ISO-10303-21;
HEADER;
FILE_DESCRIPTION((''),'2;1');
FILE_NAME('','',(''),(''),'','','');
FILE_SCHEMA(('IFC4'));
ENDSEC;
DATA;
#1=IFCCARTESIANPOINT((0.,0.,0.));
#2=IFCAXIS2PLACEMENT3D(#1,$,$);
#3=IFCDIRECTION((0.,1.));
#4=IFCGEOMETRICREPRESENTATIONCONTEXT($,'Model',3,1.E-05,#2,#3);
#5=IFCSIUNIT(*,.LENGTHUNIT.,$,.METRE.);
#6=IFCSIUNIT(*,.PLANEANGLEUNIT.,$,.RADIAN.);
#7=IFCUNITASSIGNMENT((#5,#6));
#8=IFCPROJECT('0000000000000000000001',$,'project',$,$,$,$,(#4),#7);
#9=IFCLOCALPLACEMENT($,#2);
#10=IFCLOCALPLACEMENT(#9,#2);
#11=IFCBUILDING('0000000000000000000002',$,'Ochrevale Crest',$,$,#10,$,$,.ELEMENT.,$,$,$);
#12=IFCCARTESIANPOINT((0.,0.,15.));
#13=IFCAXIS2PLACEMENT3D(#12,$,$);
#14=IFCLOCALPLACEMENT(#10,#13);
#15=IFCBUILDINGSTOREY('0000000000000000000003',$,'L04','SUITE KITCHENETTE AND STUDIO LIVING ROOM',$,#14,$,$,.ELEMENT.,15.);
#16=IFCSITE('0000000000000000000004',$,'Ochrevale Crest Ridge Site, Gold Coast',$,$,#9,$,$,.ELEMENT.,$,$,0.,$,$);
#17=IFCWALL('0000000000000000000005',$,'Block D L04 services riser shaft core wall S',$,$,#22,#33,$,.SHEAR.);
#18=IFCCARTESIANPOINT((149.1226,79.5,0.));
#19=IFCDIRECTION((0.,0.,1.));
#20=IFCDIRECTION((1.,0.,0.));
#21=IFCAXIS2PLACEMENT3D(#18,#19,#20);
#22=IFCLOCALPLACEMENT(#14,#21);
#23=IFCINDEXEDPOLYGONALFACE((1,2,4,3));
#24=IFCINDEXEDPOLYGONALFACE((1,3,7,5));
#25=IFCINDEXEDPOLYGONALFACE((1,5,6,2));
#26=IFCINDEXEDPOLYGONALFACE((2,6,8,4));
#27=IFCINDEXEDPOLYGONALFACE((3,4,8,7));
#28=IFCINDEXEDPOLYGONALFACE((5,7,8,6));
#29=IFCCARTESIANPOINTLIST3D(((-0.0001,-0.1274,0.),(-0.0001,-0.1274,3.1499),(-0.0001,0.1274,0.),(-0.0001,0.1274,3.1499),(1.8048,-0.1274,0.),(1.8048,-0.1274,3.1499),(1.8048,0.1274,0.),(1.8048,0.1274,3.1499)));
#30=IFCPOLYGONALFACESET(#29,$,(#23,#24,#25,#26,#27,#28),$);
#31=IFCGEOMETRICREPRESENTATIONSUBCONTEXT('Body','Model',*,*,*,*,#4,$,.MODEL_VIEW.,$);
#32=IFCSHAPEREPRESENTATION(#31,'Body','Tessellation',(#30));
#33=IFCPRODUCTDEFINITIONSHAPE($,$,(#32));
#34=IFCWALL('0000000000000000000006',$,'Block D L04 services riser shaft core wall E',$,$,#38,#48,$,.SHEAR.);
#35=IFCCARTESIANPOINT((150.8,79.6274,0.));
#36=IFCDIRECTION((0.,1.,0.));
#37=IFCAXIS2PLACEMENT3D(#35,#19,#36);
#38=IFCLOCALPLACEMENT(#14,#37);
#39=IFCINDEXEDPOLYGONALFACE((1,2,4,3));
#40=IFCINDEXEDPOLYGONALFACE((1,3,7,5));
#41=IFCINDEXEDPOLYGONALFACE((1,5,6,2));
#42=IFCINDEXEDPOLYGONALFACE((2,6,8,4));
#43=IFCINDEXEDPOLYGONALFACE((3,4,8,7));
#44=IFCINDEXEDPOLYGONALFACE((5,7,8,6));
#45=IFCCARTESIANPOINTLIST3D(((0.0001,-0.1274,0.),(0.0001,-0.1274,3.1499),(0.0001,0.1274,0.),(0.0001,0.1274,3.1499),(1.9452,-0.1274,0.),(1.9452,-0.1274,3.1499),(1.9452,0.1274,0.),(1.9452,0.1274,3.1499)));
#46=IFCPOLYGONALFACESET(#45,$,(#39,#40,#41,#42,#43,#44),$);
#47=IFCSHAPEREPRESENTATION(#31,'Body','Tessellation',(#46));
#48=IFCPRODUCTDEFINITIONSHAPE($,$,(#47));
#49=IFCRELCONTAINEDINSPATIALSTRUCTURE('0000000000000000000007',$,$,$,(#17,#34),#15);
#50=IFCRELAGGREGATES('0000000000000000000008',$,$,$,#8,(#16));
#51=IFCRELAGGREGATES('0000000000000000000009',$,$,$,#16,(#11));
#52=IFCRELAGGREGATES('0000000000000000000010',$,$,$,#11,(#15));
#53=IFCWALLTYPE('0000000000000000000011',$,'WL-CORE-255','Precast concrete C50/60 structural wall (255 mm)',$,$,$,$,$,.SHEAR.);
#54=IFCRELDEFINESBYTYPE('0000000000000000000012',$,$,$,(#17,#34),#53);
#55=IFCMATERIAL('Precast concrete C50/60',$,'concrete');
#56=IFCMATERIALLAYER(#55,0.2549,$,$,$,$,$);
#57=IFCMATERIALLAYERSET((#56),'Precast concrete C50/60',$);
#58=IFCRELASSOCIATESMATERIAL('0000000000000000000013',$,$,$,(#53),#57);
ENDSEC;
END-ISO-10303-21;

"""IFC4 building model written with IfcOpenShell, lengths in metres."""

from ifc_helpers import new_model, si_unit, direction, frame, frame_2d, origin, place, context, subcontext, project, spatial, rectangle, extrude, material, layer, layer_set, type_object, element, save


model = new_model("IFC4")

# Units and contexts
model_context = context("Model", 3, precision=1e-05, world=origin(), true_north=direction((0.0, 1.0)))
body_context = subcontext(model_context, "Body", "Model", "MODEL_VIEW")
ifc_project = project(units=[si_unit("LENGTHUNIT", "METRE"), si_unit("PLANEANGLEUNIT", "RADIAN")], contexts=[model_context])

# Site, building, storey
site_placement = place(None, origin())
site = spatial("IfcSite", under=ifc_project, at=site_placement, Name="Ochrevale Crest Ridge Site, Gold Coast", CompositionType="ELEMENT", RefElevation=0.0)
building_placement = place(site_placement, origin())
building = spatial("IfcBuilding", under=site, at=building_placement, Name="Ochrevale Crest", CompositionType="ELEMENT")
storey_placement = place(building_placement, frame((0.0, 0.0, 15.0)))
storey = spatial("IfcBuildingStorey", under=building, at=storey_placement, Name="L04", Description="SUITE KITCHENETTE AND STUDIO LIVING ROOM", CompositionType="ELEMENT", Elevation=15.0)

# Shared definitions
ifc_material_1 = material(Name="Precast concrete C50/60", Category="concrete")

# Walls
ifc_layer_1 = layer(ifc_material_1, 0.2549)
ifc_layer_set_1 = layer_set([ifc_layer_1], Name="Precast concrete C50/60")
wall_type_1 = type_object("IfcWallType", Name="WL-CORE-255", Description="Precast concrete C50/60 structural wall (255 mm)", PredefinedType="SHEAR", material=ifc_layer_set_1)
wall_1_placement = place(storey_placement, frame((149.1226, 79.5, 0.0), z_axis=(0.0, 0.0, 1.0), x_axis=(1.0, 0.0, 0.0)))
element("IfcWall", 1, at=wall_1_placement, inside=storey, type_object=wall_type_1, Name="Block D L04 services riser shaft core wall S", PredefinedType="SHEAR", context=body_context, shape_type="SweptSolid", body=[
    extrude(rectangle(XDim=1.8049, YDim=0.2549, at=frame_2d((0.9023, 0.0))), origin(), (0.0, 0.0, 1.0), 3.1499),
])
wall_2_placement = place(storey_placement, frame((150.8, 79.6274, 0.0), z_axis=(0.0, 0.0, 1.0), x_axis=(0.0, 1.0, 0.0)))
element("IfcWall", 2, at=wall_2_placement, inside=storey, type_object=wall_type_1, Name="Block D L04 services riser shaft core wall E", PredefinedType="SHEAR", context=body_context, shape_type="SweptSolid", body=[
    extrude(rectangle(XDim=1.9451, YDim=0.2549, at=frame_2d((0.9727, 0.0))), origin(), (0.0, 0.0, 1.0), 3.1499),
])

save(model, "model.ifc")
